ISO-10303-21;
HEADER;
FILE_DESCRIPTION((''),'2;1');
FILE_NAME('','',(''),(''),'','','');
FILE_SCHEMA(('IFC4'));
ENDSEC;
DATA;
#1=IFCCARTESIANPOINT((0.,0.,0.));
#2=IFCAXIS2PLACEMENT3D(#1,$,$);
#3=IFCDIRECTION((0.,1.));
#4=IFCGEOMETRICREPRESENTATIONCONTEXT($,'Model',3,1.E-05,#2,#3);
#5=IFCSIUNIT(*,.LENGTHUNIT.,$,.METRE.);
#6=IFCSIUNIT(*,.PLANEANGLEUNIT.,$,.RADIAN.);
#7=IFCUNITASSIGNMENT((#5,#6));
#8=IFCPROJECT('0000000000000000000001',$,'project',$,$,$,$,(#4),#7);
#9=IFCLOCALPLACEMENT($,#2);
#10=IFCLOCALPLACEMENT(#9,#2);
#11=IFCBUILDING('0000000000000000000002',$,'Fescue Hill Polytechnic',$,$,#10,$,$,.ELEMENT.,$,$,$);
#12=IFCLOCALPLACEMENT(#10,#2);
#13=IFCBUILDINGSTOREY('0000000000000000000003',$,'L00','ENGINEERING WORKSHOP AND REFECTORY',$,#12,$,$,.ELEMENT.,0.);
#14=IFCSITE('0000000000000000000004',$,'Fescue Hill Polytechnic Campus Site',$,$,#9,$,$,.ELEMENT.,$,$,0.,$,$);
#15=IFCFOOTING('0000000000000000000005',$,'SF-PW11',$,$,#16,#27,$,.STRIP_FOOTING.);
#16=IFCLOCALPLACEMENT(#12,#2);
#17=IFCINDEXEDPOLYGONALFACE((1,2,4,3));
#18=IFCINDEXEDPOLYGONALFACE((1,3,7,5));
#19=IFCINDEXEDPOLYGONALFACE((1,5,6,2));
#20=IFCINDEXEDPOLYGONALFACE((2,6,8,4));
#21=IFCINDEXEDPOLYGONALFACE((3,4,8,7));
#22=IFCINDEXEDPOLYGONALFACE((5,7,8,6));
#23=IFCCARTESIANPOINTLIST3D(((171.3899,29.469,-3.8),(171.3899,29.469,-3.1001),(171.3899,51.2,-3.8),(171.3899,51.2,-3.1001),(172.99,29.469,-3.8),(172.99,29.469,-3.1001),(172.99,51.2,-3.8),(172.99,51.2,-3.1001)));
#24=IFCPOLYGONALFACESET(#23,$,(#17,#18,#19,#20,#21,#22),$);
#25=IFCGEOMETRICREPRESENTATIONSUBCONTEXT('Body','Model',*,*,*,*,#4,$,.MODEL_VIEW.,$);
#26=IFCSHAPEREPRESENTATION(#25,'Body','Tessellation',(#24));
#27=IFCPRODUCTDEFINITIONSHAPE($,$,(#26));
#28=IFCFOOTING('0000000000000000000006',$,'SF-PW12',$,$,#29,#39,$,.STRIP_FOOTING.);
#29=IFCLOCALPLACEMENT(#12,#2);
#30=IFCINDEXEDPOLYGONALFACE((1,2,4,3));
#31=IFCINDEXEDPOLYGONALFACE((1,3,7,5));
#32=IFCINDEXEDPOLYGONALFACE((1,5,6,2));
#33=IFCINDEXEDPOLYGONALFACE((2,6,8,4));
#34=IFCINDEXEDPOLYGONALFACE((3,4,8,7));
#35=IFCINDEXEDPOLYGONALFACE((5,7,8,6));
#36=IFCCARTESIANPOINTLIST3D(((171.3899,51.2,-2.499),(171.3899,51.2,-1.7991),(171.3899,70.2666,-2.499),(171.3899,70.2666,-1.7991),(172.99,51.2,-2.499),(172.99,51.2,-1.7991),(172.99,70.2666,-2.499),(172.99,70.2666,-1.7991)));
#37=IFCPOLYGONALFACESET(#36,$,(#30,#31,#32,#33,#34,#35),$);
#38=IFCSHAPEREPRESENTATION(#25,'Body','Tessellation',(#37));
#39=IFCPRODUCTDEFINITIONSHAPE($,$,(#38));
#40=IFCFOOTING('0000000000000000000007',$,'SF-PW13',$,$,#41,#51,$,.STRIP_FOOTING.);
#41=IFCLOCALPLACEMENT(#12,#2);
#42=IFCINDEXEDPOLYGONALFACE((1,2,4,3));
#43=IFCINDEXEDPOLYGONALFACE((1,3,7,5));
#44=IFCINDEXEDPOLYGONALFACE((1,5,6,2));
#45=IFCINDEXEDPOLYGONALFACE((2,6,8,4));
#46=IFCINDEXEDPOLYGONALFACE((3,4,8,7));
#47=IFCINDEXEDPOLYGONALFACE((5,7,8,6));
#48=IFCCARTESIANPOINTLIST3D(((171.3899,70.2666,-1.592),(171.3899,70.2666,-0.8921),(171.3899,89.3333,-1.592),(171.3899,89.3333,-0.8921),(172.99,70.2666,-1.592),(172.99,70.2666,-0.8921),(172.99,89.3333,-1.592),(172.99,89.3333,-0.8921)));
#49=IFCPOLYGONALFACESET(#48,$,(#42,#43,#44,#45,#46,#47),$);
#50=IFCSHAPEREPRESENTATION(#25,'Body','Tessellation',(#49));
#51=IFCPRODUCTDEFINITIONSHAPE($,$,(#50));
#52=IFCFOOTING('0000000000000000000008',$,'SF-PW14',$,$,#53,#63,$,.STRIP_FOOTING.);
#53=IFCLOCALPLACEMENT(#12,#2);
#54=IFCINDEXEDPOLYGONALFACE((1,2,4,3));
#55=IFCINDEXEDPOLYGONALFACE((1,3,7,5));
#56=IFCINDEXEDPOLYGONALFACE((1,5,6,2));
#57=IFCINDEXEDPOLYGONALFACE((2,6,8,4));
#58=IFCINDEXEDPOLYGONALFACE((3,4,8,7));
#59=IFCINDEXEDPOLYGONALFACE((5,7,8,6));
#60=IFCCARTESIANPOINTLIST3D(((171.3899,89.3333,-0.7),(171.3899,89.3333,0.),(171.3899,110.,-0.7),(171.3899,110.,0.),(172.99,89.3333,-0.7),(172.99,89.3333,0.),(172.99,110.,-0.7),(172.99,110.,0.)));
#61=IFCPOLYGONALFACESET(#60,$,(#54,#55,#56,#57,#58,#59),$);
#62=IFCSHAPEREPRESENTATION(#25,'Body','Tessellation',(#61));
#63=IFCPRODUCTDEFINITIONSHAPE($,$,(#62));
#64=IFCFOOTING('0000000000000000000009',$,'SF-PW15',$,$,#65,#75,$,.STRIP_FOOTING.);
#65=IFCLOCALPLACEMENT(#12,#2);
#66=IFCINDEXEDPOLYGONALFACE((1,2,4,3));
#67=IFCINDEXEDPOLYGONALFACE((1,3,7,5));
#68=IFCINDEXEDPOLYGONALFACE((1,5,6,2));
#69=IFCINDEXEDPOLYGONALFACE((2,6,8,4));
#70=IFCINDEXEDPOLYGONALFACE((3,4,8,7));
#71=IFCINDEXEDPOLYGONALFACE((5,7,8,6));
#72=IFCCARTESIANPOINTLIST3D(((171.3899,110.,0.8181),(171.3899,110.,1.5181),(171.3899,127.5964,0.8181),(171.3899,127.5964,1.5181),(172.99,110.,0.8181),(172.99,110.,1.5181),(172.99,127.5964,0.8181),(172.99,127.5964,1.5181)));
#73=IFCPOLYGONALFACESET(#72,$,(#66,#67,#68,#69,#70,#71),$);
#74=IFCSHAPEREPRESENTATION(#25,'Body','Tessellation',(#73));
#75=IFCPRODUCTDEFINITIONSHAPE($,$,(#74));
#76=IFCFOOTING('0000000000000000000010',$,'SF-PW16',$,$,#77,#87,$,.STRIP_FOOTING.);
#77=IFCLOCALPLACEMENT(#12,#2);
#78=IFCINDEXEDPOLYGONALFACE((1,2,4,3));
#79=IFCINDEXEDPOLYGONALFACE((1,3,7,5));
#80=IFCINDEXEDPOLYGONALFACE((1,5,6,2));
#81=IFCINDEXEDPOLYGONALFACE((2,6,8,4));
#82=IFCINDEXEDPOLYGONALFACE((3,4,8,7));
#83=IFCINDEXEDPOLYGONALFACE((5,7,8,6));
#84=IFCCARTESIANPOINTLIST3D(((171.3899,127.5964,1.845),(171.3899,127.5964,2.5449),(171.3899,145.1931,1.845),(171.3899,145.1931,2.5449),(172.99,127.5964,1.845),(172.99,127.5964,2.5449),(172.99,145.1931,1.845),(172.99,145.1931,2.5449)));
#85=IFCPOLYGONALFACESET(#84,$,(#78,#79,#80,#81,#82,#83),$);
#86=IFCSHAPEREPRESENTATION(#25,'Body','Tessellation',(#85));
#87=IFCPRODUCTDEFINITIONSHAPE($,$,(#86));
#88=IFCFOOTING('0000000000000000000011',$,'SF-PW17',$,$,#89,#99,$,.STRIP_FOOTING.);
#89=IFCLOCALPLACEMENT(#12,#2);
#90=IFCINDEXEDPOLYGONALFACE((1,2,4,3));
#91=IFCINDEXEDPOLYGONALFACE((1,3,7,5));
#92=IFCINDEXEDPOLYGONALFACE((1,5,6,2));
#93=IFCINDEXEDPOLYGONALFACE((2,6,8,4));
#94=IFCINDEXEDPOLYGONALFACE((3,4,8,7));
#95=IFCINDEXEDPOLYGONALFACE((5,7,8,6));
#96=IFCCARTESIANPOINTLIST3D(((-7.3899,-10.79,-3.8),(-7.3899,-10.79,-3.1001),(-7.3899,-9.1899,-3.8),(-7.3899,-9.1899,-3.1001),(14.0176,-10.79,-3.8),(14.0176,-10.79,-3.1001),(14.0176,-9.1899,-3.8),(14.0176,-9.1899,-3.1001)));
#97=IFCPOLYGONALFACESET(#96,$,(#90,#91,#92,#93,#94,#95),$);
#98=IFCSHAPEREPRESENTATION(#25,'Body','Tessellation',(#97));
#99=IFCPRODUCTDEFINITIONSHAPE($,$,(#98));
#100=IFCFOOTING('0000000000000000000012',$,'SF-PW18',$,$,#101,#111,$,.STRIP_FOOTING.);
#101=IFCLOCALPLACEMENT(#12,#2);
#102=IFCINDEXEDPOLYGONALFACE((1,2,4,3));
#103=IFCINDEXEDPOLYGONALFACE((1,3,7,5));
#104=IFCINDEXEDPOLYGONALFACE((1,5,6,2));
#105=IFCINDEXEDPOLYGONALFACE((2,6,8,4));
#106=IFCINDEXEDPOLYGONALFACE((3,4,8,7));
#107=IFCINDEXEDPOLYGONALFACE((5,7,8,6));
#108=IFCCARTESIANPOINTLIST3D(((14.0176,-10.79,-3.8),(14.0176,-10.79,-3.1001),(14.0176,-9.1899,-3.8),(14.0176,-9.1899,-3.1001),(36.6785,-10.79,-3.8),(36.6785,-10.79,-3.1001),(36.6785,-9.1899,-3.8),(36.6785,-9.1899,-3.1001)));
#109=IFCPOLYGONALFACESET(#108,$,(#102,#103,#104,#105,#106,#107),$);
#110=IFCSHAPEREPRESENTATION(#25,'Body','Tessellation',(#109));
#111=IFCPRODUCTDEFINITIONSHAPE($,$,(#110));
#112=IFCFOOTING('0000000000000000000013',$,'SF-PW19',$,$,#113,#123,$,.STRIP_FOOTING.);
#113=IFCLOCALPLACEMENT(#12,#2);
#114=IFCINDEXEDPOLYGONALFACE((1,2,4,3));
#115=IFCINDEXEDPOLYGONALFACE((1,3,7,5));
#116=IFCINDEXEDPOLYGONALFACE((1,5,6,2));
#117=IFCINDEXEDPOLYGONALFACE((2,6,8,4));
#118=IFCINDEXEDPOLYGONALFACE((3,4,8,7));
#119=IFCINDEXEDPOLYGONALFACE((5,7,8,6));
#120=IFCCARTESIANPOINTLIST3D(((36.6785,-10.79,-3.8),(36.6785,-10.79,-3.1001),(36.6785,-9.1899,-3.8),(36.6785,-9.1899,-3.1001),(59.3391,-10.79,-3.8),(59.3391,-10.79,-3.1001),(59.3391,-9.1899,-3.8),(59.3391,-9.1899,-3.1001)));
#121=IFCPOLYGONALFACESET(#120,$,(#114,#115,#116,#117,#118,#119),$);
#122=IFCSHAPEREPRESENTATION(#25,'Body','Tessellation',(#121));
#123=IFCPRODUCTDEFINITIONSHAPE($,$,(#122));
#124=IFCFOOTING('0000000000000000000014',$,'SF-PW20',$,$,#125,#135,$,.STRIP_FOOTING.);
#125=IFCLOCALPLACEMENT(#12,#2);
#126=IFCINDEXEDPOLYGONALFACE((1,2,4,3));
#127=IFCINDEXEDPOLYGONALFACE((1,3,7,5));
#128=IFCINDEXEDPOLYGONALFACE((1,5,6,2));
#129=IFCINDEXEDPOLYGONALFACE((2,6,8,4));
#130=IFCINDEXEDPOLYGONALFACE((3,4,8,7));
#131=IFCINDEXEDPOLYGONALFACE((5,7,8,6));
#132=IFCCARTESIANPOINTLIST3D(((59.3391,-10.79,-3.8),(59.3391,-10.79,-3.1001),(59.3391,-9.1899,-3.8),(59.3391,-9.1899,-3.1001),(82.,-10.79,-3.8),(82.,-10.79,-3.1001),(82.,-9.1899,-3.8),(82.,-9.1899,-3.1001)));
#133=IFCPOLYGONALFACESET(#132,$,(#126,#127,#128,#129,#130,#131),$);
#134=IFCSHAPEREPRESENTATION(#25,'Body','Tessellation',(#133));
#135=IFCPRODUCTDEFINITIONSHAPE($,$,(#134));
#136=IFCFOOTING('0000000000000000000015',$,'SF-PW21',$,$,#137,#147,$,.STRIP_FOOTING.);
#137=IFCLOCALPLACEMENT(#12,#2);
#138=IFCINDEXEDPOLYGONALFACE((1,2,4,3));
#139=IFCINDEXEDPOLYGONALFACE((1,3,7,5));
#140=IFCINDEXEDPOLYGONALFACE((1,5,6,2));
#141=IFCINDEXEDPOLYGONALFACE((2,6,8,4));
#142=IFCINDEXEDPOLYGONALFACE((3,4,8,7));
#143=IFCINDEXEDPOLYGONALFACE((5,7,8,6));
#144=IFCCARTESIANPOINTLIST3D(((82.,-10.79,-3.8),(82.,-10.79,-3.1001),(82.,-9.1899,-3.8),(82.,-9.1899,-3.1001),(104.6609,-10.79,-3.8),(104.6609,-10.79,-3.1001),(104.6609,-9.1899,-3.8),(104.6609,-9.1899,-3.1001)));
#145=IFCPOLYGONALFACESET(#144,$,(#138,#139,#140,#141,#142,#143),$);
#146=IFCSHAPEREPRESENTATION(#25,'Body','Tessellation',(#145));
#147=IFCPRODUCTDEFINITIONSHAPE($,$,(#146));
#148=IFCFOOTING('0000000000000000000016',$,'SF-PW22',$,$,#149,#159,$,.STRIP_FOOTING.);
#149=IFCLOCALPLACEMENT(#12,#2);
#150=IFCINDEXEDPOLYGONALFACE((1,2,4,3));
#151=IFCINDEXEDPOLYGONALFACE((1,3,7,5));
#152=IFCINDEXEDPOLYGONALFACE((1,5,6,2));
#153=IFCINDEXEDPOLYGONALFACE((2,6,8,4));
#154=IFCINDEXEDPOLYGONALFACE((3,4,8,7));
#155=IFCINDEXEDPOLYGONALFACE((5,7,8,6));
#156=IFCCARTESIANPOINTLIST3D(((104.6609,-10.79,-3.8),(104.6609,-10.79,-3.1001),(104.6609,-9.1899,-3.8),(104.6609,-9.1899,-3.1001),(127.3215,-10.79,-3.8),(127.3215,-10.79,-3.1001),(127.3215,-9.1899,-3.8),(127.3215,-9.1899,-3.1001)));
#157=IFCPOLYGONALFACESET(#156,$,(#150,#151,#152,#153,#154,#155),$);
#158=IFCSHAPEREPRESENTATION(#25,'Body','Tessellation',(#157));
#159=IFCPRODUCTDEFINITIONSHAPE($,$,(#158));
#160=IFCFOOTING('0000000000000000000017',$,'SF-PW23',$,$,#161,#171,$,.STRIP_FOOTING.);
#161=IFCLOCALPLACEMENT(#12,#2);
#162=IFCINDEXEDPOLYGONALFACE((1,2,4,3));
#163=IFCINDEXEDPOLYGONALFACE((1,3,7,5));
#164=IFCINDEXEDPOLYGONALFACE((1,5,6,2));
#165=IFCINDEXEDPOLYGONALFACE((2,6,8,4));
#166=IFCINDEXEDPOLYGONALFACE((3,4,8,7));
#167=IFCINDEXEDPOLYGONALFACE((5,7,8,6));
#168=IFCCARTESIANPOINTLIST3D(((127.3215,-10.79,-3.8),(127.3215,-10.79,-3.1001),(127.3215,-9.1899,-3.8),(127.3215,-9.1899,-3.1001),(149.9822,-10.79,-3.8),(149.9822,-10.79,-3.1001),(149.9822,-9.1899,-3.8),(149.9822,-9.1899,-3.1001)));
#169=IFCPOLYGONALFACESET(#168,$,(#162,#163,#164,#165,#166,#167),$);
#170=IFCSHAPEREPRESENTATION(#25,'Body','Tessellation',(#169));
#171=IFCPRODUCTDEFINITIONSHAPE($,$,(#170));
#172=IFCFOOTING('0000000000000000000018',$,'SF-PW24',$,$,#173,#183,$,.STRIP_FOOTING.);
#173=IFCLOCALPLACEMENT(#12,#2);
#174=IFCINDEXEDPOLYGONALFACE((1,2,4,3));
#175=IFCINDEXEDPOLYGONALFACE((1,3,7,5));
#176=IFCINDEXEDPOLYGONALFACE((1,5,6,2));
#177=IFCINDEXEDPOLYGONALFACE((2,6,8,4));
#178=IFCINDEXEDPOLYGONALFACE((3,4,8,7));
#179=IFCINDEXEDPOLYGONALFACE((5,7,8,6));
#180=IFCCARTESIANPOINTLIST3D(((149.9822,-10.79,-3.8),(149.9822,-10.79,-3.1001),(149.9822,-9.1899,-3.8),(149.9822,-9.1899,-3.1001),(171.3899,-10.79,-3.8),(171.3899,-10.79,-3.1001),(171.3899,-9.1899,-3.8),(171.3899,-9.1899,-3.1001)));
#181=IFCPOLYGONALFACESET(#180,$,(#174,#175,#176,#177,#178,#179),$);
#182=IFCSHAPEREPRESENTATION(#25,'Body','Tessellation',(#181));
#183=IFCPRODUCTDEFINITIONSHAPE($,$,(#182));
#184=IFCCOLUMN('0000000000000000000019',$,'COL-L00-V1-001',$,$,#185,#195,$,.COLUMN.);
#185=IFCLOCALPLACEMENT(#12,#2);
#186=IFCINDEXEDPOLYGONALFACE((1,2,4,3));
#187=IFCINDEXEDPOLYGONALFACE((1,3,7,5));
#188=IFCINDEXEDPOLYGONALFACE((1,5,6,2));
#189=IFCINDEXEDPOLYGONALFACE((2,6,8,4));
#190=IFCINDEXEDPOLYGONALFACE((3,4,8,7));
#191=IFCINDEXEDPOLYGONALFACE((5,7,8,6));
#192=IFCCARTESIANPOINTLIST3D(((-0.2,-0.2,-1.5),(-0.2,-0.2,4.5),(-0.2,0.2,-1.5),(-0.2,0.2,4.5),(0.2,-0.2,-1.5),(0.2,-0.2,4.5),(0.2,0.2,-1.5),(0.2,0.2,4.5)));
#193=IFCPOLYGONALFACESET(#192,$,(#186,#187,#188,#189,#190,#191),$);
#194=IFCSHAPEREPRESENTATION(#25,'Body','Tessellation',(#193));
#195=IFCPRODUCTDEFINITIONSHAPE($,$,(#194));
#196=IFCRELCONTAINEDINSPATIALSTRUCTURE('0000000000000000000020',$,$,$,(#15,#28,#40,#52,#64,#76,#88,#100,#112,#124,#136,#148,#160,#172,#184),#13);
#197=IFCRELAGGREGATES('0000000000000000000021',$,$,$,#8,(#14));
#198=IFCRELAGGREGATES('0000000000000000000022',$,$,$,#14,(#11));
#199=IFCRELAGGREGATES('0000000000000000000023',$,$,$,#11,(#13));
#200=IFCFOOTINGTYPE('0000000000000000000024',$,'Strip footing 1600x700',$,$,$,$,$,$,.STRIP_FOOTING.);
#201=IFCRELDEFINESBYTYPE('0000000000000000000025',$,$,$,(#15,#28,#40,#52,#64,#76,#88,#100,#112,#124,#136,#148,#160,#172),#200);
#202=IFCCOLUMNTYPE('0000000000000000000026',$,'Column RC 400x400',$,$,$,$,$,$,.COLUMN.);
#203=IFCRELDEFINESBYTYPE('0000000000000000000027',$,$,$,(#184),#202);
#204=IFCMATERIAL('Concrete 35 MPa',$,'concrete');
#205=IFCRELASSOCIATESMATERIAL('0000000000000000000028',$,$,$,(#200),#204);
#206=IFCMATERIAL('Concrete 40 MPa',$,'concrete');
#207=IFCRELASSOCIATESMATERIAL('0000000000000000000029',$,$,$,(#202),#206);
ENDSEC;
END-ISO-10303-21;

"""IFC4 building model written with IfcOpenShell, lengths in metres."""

from ifc_helpers import new_model, si_unit, direction, frame, origin, origin_2d, place, context, subcontext, project, spatial, polyline, rectangle, outline, extrude, material, material_profile, profile_set, type_object, element, save


model = new_model("IFC4")

# Units and contexts
model_context = context("Model", 3, precision=1e-05, world=origin(), true_north=direction((0.0, 1.0)))
body_context = subcontext(model_context, "Body", "Model", "MODEL_VIEW")
ifc_project = project(units=[si_unit("LENGTHUNIT", "METRE"), si_unit("PLANEANGLEUNIT", "RADIAN")], contexts=[model_context])

# Site, building, storey
site_placement = place(None, origin())
site = spatial("IfcSite", under=ifc_project, at=site_placement, Name="Fescue Hill Polytechnic Campus Site", CompositionType="ELEMENT", RefElevation=0.0)
building_placement = place(site_placement, origin())
building = spatial("IfcBuilding", under=site, at=building_placement, Name="Fescue Hill Polytechnic", CompositionType="ELEMENT")
storey_placement = place(building_placement, origin())
storey = spatial("IfcBuildingStorey", under=building, at=storey_placement, Name="L00", Description="ENGINEERING WORKSHOP AND REFECTORY", CompositionType="ELEMENT", Elevation=0.0)

# Footings
ifc_material_1 = material(Name="Concrete 35 MPa", Category="concrete")
footing_type_1 = type_object("IfcFootingType", Name="Strip footing 1600x700", PredefinedType="STRIP_FOOTING", material=ifc_material_1)
footing_1_placement = place(storey_placement, frame((0.0, 0.0, -3.8)))
element("IfcFooting", 1, at=footing_1_placement, inside=storey, type_object=footing_type_1, Name="SF-PW11", PredefinedType="STRIP_FOOTING", context=body_context, shape_type="SweptSolid", body=[
    extrude(outline(polyline([(171.3899, 29.469), (172.99, 29.469), (172.99, 51.2), (171.3899, 51.2), (171.3899, 29.469)])), origin(), (0.0, 0.0, 1.0), 0.7),
])
footing_2_placement = place(storey_placement, frame((0.0, 0.0, -2.499)))
element("IfcFooting", 2, at=footing_2_placement, inside=storey, type_object=footing_type_1, Name="SF-PW12", PredefinedType="STRIP_FOOTING", context=body_context, shape_type="SweptSolid", body=[
    extrude(outline(polyline([(171.3899, 51.2), (172.99, 51.2), (172.99, 70.2666), (171.3899, 70.2666), (171.3899, 51.2)])), origin(), (0.0, 0.0, 1.0), 0.7),
])
footing_3_placement = place(storey_placement, frame((0.0, 0.0, -1.592)))
element("IfcFooting", 3, at=footing_3_placement, inside=storey, type_object=footing_type_1, Name="SF-PW13", PredefinedType="STRIP_FOOTING", context=body_context, shape_type="SweptSolid", body=[
    extrude(outline(polyline([(171.3899, 70.2666), (172.99, 70.2666), (172.99, 89.3333), (171.3899, 89.3333), (171.3899, 70.2666)])), origin(), (0.0, 0.0, 1.0), 0.7),
])
footing_4_placement = place(storey_placement, frame((0.0, 0.0, -0.7)))
element("IfcFooting", 4, at=footing_4_placement, inside=storey, type_object=footing_type_1, Name="SF-PW14", PredefinedType="STRIP_FOOTING", context=body_context, shape_type="SweptSolid", body=[
    extrude(outline(polyline([(171.3899, 89.3333), (172.99, 89.3333), (172.99, 110.0), (171.3899, 110.0), (171.3899, 89.3333)])), origin(), (0.0, 0.0, 1.0), 0.7),
])
footing_5_placement = place(storey_placement, frame((0.0, 0.0, 0.8181)))
element("IfcFooting", 5, at=footing_5_placement, inside=storey, type_object=footing_type_1, Name="SF-PW15", PredefinedType="STRIP_FOOTING", context=body_context, shape_type="SweptSolid", body=[
    extrude(outline(polyline([(171.3899, 110.0), (172.99, 110.0), (172.99, 127.5964), (171.3899, 127.5964), (171.3899, 110.0)])), origin(), (0.0, 0.0, 1.0), 0.7),
])
footing_6_placement = place(storey_placement, frame((0.0, 0.0, 1.845)))
element("IfcFooting", 6, at=footing_6_placement, inside=storey, type_object=footing_type_1, Name="SF-PW16", PredefinedType="STRIP_FOOTING", context=body_context, shape_type="SweptSolid", body=[
    extrude(outline(polyline([(171.3899, 127.5964), (172.99, 127.5964), (172.99, 145.1931), (171.3899, 145.1931), (171.3899, 127.5964)])), origin(), (0.0, 0.0, 1.0), 0.7),
])
footing_7_placement = place(storey_placement, frame((0.0, 0.0, -3.8)))
element("IfcFooting", 7, at=footing_7_placement, inside=storey, type_object=footing_type_1, Name="SF-PW17", PredefinedType="STRIP_FOOTING", context=body_context, shape_type="SweptSolid", body=[
    extrude(outline(polyline([(-7.3899, -10.79), (14.0176, -10.79), (14.0176, -9.1899), (-7.3899, -9.1899), (-7.3899, -10.79)])), origin(), (0.0, 0.0, 1.0), 0.7),
])
footing_8_placement = place(storey_placement, frame((0.0, 0.0, -3.8)))
element("IfcFooting", 8, at=footing_8_placement, inside=storey, type_object=footing_type_1, Name="SF-PW18", PredefinedType="STRIP_FOOTING", context=body_context, shape_type="SweptSolid", body=[
    extrude(outline(polyline([(14.0176, -10.79), (36.6785, -10.79), (36.6785, -9.1899), (14.0176, -9.1899), (14.0176, -10.79)])), origin(), (0.0, 0.0, 1.0), 0.7),
])
footing_9_placement = place(storey_placement, frame((0.0, 0.0, -3.8)))
element("IfcFooting", 9, at=footing_9_placement, inside=storey, type_object=footing_type_1, Name="SF-PW19", PredefinedType="STRIP_FOOTING", context=body_context, shape_type="SweptSolid", body=[
    extrude(outline(polyline([(36.6785, -10.79), (59.3391, -10.79), (59.3391, -9.1899), (36.6785, -9.1899), (36.6785, -10.79)])), origin(), (0.0, 0.0, 1.0), 0.7),
])
footing_10_placement = place(storey_placement, frame((0.0, 0.0, -3.8)))
element("IfcFooting", 10, at=footing_10_placement, inside=storey, type_object=footing_type_1, Name="SF-PW20", PredefinedType="STRIP_FOOTING", context=body_context, shape_type="SweptSolid", body=[
    extrude(outline(polyline([(59.3391, -10.79), (82.0, -10.79), (82.0, -9.1899), (59.3391, -9.1899), (59.3391, -10.79)])), origin(), (0.0, 0.0, 1.0), 0.7),
])
footing_11_placement = place(storey_placement, frame((0.0, 0.0, -3.8)))
element("IfcFooting", 11, at=footing_11_placement, inside=storey, type_object=footing_type_1, Name="SF-PW21", PredefinedType="STRIP_FOOTING", context=body_context, shape_type="SweptSolid", body=[
    extrude(outline(polyline([(82.0, -10.79), (104.6609, -10.79), (104.6609, -9.1899), (82.0, -9.1899), (82.0, -10.79)])), origin(), (0.0, 0.0, 1.0), 0.7),
])
footing_12_placement = place(storey_placement, frame((0.0, 0.0, -3.8)))
element("IfcFooting", 12, at=footing_12_placement, inside=storey, type_object=footing_type_1, Name="SF-PW22", PredefinedType="STRIP_FOOTING", context=body_context, shape_type="SweptSolid", body=[
    extrude(outline(polyline([(104.6609, -10.79), (127.3215, -10.79), (127.3215, -9.1899), (104.6609, -9.1899), (104.6609, -10.79)])), origin(), (0.0, 0.0, 1.0), 0.7),
])
footing_13_placement = place(storey_placement, frame((0.0, 0.0, -3.8)))
element("IfcFooting", 13, at=footing_13_placement, inside=storey, type_object=footing_type_1, Name="SF-PW23", PredefinedType="STRIP_FOOTING", context=body_context, shape_type="SweptSolid", body=[
    extrude(outline(polyline([(127.3215, -10.79), (149.9822, -10.79), (149.9822, -9.1899), (127.3215, -9.1899), (127.3215, -10.79)])), origin(), (0.0, 0.0, 1.0), 0.7),
])
footing_14_placement = place(storey_placement, frame((0.0, 0.0, -3.8)))
element("IfcFooting", 14, at=footing_14_placement, inside=storey, type_object=footing_type_1, Name="SF-PW24", PredefinedType="STRIP_FOOTING", context=body_context, shape_type="SweptSolid", body=[
    extrude(outline(polyline([(149.9822, -10.79), (171.3899, -10.79), (171.3899, -9.1899), (149.9822, -9.1899), (149.9822, -10.79)])), origin(), (0.0, 0.0, 1.0), 0.7),
])

# Column
ifc_material_2 = material(Name="Concrete 40 MPa", Category="concrete")
ifc_material_profile = material_profile(ifc_material_2, rectangle(XDim=0.3999, YDim=0.3999, at=origin_2d()), Name="RC 400x400")
ifc_profile_set = profile_set([ifc_material_profile], Name="Concrete 40 MPa")
column_type = type_object("IfcColumnType", Name="Column RC 400x400", PredefinedType="COLUMN", material=ifc_profile_set)
column_placement = place(storey_placement, frame((0.0, 0.0, -1.5), z_axis=(0.0, 0.0, 1.0), x_axis=(1.0, 0.0, 0.0)))
element("IfcColumn", 15, at=column_placement, inside=storey, type_object=column_type, Name="COL-L00-V1-001", PredefinedType="COLUMN", context=body_context, shape_type="SweptSolid", body=[
    extrude(rectangle(XDim=0.3999, YDim=0.3999, at=origin_2d()), origin(), (0.0, 0.0, 1.0), 6.0),
])

save(model, "model.ifc")
